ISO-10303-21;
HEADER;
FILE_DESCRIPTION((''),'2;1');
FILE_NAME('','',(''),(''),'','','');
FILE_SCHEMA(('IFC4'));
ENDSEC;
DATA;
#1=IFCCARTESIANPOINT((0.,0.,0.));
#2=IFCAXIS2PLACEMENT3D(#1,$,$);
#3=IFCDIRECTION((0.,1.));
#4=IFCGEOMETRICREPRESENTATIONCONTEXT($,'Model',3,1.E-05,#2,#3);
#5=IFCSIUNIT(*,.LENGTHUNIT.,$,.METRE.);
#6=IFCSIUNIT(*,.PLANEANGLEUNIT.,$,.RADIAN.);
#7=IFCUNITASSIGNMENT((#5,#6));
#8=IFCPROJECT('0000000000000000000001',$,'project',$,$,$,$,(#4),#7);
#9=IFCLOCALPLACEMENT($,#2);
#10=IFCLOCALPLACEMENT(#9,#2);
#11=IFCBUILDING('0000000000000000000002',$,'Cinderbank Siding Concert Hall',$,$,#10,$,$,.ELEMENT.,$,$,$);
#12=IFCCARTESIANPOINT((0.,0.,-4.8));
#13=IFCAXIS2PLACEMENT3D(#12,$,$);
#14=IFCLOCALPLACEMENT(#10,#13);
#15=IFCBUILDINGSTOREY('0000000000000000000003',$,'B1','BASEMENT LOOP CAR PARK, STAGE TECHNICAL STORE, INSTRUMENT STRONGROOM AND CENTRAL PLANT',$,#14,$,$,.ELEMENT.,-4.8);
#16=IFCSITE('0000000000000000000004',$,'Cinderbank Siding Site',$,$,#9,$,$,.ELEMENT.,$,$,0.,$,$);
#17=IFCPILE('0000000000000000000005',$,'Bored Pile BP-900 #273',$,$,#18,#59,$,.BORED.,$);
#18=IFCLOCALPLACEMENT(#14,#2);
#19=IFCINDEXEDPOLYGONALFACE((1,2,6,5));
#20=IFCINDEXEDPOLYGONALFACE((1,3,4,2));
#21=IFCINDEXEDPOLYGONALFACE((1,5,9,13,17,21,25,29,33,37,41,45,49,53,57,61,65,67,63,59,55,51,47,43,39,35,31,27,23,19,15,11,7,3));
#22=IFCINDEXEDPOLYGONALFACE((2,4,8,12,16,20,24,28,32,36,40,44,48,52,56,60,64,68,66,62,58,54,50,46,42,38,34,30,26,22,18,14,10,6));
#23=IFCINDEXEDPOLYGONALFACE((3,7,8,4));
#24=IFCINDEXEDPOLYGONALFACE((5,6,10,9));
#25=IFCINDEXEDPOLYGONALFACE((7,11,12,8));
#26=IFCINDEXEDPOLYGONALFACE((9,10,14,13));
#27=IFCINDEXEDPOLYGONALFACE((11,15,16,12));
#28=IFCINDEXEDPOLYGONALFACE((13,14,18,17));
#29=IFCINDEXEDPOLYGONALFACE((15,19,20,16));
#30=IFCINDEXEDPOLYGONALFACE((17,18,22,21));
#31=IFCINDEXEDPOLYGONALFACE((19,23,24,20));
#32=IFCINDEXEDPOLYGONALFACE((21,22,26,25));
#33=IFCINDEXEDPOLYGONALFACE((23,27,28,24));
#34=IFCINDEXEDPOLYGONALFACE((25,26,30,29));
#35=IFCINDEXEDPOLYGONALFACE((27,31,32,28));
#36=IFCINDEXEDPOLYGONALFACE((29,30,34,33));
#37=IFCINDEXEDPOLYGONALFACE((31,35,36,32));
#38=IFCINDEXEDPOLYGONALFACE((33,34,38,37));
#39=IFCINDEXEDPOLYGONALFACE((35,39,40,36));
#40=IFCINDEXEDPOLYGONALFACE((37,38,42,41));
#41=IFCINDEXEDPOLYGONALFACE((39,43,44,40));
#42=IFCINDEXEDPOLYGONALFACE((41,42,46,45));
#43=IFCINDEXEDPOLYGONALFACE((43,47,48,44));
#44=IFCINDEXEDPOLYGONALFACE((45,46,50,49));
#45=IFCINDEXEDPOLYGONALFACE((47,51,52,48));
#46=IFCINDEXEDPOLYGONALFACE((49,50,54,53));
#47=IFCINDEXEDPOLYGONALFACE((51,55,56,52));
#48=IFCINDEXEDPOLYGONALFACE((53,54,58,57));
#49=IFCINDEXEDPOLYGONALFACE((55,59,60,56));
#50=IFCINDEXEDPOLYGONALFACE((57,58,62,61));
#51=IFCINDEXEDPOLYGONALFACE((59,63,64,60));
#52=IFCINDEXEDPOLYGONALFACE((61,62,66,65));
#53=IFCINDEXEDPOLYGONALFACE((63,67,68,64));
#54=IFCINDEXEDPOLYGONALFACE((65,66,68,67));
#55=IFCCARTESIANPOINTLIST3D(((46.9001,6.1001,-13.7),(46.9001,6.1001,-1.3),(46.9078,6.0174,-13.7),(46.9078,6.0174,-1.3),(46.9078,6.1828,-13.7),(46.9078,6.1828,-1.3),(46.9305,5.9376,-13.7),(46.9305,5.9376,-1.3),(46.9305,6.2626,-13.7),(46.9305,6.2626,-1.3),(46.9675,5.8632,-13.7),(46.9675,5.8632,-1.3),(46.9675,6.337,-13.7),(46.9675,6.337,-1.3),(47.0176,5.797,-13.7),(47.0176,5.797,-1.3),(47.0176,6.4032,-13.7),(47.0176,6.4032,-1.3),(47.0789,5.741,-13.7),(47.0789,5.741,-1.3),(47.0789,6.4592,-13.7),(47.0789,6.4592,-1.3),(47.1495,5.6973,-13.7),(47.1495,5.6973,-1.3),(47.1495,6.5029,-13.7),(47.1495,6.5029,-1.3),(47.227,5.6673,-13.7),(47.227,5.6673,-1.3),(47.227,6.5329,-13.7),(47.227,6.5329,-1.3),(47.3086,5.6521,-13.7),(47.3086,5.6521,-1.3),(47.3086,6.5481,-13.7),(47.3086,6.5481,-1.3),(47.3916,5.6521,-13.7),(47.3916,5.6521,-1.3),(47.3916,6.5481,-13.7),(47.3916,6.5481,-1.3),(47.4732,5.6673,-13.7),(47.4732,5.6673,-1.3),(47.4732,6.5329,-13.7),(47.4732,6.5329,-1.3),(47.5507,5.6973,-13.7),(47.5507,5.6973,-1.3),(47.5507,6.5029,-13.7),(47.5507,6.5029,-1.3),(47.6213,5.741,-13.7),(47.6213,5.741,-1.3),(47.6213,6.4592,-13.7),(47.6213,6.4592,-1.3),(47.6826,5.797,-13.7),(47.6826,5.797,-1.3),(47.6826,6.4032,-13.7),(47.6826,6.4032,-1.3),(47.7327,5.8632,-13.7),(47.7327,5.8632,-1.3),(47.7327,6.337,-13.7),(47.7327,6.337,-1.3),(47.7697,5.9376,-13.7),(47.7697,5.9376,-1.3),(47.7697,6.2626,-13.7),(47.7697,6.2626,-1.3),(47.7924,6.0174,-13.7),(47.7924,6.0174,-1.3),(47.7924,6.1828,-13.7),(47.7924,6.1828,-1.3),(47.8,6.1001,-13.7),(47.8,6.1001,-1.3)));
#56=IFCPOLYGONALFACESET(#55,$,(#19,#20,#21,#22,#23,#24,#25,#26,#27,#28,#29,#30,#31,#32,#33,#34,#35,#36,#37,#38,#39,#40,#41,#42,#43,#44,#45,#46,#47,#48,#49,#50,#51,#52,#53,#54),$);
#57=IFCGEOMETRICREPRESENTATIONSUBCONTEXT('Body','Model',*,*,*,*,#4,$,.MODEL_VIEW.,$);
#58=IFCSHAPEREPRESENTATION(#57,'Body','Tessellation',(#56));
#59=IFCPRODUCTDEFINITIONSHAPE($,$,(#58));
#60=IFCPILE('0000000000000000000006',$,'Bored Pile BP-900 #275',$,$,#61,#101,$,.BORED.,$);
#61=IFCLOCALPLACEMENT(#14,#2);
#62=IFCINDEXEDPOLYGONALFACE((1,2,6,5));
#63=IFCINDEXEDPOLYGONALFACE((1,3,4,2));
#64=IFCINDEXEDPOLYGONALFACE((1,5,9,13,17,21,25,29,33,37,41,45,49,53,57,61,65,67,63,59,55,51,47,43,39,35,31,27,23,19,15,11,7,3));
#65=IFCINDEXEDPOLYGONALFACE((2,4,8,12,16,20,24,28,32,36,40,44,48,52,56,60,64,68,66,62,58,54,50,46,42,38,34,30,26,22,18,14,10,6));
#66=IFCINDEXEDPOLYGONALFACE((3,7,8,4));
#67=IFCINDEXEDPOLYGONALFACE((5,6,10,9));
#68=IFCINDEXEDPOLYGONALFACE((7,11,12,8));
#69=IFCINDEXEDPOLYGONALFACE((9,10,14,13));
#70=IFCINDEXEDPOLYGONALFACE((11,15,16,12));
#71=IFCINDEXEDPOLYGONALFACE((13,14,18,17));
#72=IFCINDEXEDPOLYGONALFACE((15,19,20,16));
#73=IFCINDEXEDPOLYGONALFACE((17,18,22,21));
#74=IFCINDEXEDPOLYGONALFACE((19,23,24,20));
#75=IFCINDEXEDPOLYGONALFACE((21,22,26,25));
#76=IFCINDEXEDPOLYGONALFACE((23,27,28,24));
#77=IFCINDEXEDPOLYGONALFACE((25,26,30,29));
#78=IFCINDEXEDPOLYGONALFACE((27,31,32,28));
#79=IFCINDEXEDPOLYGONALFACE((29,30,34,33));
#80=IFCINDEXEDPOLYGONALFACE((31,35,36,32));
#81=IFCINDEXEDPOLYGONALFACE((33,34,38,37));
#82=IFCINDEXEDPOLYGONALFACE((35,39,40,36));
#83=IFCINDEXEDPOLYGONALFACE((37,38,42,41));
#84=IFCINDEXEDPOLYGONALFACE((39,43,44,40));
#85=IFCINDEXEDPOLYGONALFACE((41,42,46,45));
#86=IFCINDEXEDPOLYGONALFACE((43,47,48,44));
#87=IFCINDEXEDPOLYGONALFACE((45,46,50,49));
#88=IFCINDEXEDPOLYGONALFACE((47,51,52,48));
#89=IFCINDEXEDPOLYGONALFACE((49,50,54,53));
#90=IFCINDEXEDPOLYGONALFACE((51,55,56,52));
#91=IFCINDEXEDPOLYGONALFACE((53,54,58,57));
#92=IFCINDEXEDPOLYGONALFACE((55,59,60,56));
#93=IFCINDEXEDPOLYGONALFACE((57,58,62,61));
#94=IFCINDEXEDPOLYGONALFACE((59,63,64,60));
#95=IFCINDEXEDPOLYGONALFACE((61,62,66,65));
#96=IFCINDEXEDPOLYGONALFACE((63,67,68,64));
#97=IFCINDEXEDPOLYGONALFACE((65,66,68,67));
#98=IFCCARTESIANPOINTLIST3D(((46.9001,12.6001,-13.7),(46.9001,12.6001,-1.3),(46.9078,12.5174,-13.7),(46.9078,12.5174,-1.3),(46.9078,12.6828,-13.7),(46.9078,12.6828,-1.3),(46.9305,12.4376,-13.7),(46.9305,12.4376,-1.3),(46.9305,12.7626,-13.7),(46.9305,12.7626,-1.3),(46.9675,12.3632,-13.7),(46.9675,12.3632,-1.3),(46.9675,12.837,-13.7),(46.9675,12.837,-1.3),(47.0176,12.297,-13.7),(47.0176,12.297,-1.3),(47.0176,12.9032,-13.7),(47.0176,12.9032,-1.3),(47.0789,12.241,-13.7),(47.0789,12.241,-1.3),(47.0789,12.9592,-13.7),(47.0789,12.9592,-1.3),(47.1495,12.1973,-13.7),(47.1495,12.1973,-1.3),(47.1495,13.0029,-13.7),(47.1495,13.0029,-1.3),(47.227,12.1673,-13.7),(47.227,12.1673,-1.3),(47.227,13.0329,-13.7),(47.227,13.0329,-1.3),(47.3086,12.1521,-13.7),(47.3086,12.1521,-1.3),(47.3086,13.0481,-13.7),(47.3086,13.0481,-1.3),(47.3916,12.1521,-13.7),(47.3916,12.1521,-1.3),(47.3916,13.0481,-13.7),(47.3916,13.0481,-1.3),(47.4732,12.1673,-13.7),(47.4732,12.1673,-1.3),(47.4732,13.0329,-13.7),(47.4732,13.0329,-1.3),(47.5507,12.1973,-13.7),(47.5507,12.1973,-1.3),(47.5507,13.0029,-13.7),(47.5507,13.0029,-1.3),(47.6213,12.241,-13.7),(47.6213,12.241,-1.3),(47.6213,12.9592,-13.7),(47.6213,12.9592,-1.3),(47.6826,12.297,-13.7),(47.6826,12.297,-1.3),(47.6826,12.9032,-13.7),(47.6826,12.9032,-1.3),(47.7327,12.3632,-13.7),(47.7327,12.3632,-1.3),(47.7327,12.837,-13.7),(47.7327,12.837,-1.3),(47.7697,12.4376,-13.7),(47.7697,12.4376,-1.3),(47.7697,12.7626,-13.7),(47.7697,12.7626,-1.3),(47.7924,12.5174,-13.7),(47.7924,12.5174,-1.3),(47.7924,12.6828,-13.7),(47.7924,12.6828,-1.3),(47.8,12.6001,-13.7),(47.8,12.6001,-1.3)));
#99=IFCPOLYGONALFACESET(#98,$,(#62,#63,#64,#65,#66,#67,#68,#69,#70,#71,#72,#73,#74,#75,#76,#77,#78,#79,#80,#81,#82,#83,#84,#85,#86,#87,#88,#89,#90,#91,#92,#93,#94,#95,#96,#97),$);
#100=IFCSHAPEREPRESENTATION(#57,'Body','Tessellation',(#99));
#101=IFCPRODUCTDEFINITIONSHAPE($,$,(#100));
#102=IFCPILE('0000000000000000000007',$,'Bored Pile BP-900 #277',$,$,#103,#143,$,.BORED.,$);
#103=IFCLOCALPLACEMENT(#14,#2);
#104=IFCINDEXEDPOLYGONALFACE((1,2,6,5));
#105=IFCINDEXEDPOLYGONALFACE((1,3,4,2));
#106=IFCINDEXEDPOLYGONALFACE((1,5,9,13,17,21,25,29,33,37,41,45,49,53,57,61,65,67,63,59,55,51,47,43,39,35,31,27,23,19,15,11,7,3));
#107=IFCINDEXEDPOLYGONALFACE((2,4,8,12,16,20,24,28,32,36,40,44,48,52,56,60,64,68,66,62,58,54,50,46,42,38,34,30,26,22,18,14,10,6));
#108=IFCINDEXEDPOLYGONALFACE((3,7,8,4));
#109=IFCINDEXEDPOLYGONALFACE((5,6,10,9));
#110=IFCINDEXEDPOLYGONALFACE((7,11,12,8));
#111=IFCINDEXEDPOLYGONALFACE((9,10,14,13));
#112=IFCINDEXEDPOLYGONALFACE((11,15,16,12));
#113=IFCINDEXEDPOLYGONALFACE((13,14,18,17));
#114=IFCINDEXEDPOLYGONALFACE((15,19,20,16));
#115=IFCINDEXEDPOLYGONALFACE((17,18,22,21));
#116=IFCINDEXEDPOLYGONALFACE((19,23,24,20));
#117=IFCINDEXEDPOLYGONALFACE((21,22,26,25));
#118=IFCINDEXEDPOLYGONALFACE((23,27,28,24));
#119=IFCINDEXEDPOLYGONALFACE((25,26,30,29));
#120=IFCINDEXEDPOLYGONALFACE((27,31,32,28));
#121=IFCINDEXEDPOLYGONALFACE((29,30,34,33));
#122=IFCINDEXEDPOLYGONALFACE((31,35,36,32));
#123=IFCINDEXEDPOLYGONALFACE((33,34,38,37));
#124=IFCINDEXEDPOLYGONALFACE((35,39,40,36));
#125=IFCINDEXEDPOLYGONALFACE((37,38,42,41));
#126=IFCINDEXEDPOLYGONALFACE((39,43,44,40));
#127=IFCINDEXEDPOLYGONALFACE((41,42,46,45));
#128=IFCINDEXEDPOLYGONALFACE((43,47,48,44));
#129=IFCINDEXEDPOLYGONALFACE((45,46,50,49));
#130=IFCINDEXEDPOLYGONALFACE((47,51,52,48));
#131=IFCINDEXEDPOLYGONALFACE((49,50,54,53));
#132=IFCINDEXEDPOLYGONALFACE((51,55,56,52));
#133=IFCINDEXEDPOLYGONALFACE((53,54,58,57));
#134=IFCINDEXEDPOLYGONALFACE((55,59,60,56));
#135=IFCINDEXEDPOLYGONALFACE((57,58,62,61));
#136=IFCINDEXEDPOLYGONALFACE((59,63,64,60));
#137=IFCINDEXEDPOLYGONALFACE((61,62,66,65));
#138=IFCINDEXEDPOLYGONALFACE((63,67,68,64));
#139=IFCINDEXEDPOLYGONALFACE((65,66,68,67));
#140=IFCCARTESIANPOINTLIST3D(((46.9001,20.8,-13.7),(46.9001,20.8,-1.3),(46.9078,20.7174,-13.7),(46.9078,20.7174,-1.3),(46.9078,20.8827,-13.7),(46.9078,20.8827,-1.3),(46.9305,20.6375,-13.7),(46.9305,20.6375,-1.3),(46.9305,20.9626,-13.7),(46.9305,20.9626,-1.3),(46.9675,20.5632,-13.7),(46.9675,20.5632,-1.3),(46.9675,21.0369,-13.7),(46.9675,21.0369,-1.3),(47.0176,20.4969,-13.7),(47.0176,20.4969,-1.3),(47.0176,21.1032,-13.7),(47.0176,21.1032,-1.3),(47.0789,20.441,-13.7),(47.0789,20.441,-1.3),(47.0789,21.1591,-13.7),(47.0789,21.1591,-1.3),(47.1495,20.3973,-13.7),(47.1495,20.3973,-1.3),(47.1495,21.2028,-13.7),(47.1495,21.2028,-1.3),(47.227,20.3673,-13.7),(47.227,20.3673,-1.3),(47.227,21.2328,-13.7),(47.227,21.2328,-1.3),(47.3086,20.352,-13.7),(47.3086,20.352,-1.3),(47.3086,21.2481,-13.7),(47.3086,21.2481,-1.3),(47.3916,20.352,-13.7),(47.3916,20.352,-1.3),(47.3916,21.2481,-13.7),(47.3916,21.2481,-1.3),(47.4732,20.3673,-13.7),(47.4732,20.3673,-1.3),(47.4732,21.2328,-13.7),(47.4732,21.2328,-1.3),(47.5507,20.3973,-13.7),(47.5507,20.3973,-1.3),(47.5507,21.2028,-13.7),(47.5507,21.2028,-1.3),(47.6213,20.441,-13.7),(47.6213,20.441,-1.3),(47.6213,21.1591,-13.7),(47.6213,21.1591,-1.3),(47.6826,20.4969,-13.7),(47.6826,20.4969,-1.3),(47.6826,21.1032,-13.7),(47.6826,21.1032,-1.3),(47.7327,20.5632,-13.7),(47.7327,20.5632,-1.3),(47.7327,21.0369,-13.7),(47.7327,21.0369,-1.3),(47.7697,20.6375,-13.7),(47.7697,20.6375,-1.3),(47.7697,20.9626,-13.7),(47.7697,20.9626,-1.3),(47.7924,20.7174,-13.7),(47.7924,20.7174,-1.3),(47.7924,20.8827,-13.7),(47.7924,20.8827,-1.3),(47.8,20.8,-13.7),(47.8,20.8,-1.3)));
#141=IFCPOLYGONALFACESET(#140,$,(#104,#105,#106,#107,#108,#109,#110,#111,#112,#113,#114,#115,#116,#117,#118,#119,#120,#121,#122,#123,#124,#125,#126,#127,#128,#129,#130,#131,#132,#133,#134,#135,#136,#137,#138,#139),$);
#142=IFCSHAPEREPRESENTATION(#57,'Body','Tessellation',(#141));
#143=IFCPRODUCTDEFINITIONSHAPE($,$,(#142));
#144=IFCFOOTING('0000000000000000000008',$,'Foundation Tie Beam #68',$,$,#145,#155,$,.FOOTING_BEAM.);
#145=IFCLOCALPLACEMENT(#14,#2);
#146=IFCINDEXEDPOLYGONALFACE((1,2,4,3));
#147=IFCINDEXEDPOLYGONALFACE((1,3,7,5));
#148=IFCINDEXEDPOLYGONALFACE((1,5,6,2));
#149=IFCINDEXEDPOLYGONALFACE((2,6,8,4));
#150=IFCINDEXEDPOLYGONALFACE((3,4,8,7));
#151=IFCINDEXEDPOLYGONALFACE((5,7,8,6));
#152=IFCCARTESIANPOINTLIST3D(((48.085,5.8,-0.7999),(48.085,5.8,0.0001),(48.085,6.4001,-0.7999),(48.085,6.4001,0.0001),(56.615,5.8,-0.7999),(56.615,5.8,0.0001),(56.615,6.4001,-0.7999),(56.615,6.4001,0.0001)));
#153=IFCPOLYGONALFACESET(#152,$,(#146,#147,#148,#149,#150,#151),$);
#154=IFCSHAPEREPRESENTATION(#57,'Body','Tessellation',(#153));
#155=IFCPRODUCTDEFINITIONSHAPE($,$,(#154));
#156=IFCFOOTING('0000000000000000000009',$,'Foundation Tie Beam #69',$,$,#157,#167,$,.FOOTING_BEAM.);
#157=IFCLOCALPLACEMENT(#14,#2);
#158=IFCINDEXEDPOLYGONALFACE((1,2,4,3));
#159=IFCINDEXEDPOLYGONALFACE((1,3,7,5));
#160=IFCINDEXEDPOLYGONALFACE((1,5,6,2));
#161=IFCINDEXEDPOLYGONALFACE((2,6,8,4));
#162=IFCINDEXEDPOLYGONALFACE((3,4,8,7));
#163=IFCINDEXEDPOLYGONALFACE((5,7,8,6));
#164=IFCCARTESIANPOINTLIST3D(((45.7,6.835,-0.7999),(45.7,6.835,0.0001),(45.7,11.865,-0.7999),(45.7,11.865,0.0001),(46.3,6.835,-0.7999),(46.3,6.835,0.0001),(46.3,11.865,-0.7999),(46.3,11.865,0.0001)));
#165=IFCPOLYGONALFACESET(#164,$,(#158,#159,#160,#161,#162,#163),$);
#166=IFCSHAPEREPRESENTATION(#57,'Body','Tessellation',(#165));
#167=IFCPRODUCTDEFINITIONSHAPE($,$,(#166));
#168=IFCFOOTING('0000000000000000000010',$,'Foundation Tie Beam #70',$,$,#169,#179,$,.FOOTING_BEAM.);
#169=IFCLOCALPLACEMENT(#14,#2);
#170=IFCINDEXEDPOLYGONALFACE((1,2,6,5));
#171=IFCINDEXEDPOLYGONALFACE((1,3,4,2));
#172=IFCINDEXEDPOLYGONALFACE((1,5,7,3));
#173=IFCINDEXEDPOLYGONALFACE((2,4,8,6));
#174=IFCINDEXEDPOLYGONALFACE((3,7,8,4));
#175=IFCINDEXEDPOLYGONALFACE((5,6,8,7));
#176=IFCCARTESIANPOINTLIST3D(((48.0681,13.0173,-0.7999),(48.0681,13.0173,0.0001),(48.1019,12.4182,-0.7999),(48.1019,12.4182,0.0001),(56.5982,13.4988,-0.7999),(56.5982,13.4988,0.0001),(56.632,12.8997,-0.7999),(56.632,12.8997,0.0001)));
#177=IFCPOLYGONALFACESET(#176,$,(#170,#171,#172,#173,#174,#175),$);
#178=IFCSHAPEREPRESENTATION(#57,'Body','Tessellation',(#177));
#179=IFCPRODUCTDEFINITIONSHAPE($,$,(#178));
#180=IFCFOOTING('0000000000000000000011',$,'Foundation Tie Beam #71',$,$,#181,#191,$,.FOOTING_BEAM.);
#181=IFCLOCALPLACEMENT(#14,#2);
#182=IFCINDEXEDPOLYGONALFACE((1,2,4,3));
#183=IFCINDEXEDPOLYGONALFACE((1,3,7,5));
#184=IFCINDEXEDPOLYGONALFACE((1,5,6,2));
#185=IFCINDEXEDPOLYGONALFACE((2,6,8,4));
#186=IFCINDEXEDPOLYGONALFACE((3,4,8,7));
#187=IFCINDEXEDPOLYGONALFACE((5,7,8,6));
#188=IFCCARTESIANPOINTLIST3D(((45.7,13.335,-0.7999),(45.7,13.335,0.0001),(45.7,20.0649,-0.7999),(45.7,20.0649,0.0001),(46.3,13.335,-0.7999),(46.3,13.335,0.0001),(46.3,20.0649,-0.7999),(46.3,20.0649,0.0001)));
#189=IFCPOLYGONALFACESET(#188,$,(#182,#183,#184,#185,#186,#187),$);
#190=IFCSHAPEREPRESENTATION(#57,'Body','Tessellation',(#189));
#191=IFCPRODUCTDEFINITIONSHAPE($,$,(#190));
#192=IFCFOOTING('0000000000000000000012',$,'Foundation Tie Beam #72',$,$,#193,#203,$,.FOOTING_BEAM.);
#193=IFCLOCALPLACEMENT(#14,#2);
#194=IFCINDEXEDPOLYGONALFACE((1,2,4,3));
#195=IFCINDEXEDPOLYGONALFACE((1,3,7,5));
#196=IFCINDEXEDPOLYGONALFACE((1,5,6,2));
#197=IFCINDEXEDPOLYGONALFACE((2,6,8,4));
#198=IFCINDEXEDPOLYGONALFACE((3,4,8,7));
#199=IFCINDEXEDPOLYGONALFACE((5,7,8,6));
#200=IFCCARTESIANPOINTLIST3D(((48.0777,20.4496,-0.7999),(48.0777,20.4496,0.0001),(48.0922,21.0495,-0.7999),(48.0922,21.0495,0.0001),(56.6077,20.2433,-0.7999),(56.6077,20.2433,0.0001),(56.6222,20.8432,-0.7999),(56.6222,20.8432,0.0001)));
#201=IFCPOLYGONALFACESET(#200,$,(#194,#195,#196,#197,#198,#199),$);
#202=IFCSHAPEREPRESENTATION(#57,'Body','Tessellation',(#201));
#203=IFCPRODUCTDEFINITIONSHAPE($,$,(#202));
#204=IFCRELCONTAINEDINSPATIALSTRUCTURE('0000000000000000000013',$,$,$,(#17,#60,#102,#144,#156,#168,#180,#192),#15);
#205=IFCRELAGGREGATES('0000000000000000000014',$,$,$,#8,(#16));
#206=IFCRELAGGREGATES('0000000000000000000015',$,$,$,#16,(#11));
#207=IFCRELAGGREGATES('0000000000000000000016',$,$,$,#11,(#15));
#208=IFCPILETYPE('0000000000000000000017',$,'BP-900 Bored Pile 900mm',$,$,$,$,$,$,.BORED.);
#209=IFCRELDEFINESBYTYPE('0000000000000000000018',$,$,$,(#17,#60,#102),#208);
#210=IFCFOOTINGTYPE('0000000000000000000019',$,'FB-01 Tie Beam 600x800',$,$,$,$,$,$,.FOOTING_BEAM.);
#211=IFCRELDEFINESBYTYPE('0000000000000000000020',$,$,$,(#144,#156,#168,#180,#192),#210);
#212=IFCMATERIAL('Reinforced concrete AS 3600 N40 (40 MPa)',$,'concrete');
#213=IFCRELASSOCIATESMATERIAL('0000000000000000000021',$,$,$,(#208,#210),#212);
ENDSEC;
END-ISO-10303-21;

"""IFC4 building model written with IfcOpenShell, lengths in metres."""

from ifc_helpers import new_model, si_unit, direction, frame, origin, origin_2d, place, context, subcontext, project, spatial, rectangle, circle, extrude, material, material_profile, profile_set, type_object, element, save


model = new_model("IFC4")

# Units and contexts
model_context = context("Model", 3, precision=1e-05, world=origin(), true_north=direction((0.0, 1.0)))
body_context = subcontext(model_context, "Body", "Model", "MODEL_VIEW")
ifc_project = project(units=[si_unit("LENGTHUNIT", "METRE"), si_unit("PLANEANGLEUNIT", "RADIAN")], contexts=[model_context])

# Site, building, storey
site_placement = place(None, origin())
site = spatial("IfcSite", under=ifc_project, at=site_placement, Name="Cinderbank Siding Site", CompositionType="ELEMENT", RefElevation=0.0)
building_placement = place(site_placement, origin())
building = spatial("IfcBuilding", under=site, at=building_placement, Name="Cinderbank Siding Concert Hall", CompositionType="ELEMENT")
storey_placement = place(building_placement, frame((0.0, 0.0, -4.8)))
storey = spatial("IfcBuildingStorey", under=building, at=storey_placement, Name="B1", Description="BASEMENT LOOP CAR PARK, STAGE TECHNICAL STORE, INSTRUMENT STRONGROOM AND CENTRAL PLANT", CompositionType="ELEMENT", Elevation=-4.8)

# Piles
ifc_material_1 = material(Name="Reinforced concrete AS 3600 N40 (40 MPa)", Category="concrete")
ifc_material_profile_1 = material_profile(ifc_material_1, circle(Radius=0.45, at=origin_2d()), Name="PILE-900DIA", Category="LoadBearing")
ifc_profile_set_1 = profile_set([ifc_material_profile_1], Name="Reinforced concrete AS 3600 N40 (40 MPa)")
pile_type_1 = type_object("IfcPileType", Name="BP-900 Bored Pile 900mm", PredefinedType="BORED", material=ifc_profile_set_1)
for number, where, z_axis, x_axis, name in (
    (1, (47.3501, 6.1001, -1.3), (0.0, 0.0, -1.0), (1.0, 0.0, 0.0), "Bored Pile BP-900 #273"),
    (2, (47.3501, 12.6001, -1.3), (0.0, 0.0, -1.0), (1.0, 0.0, 0.0), "Bored Pile BP-900 #275"),
    (3, (47.3501, 20.8, -1.3), (0.0, 0.0, -1.0), (1.0, 0.0, 0.0), "Bored Pile BP-900 #277"),
):
    element("IfcPile", number, at=place(storey_placement, frame(where, z_axis=z_axis, x_axis=x_axis)), inside=storey, type_object=pile_type_1, Name=name, PredefinedType="BORED", context=body_context, shape_type="SweptSolid", body=[
        extrude(circle(Radius=0.45, at=origin_2d()), origin(), (0.0, 0.0, 1.0), 12.3999),
    ])

# Footings
ifc_material_profile_2 = material_profile(ifc_material_1, rectangle(XDim=0.6001, YDim=0.8, at=origin_2d()), Name="RC-FB-600x800", Category="LoadBearing")
ifc_profile_set_2 = profile_set([ifc_material_profile_2], Name="Reinforced concrete AS 3600 N40 (40 MPa)")
footing_type_1 = type_object("IfcFootingType", Name="FB-01 Tie Beam 600x800", PredefinedType="FOOTING_BEAM", material=ifc_profile_set_2)
footing_1_placement = place(storey_placement, frame((48.085, 6.1001, -0.3999), z_axis=(1.0, 0.0, 0.0), x_axis=(0.0, 1.0, 0.0)))
element("IfcFooting", 4, at=footing_1_placement, inside=storey, type_object=footing_type_1, Name="Foundation Tie Beam #68", PredefinedType="FOOTING_BEAM", context=body_context, shape_type="SweptSolid", body=[
    extrude(rectangle(XDim=0.6001, YDim=0.8, at=origin_2d()), origin(), (0.0, 0.0, 1.0), 8.53),
])
footing_2_placement = place(storey_placement, frame((46.0, 6.835, -0.3999), z_axis=(0.0, 1.0, 0.0), x_axis=(-1.0, 0.0, 0.0)))
element("IfcFooting", 5, at=footing_2_placement, inside=storey, type_object=footing_type_1, Name="Foundation Tie Beam #69", PredefinedType="FOOTING_BEAM", context=body_context, shape_type="SweptSolid", body=[
    extrude(rectangle(XDim=0.6001, YDim=0.8, at=origin_2d()), origin(), (0.0, 0.0, 1.0), 5.03),
])
footing_3_placement = place(storey_placement, frame((48.085, 12.7178, -0.3999), z_axis=(0.998411, 0.056352, 0.0), x_axis=(-0.056352, 0.998411, 0.0)))
element("IfcFooting", 6, at=footing_3_placement, inside=storey, type_object=footing_type_1, Name="Foundation Tie Beam #70", PredefinedType="FOOTING_BEAM", context=body_context, shape_type="SweptSolid", body=[
    extrude(rectangle(XDim=0.6001, YDim=0.8, at=origin_2d()), origin(), (0.0, 0.0, 1.0), 8.5437),
])
footing_4_placement = place(storey_placement, frame((46.0, 13.335, -0.3999), z_axis=(0.0, 1.0, 0.0), x_axis=(-1.0, 0.0, 0.0)))
element("IfcFooting", 7, at=footing_4_placement, inside=storey, type_object=footing_type_1, Name="Foundation Tie Beam #71", PredefinedType="FOOTING_BEAM", context=body_context, shape_type="SweptSolid", body=[
    extrude(rectangle(XDim=0.6001, YDim=0.8, at=origin_2d()), origin(), (0.0, 0.0, 1.0), 6.73),
])
footing_5_placement = place(storey_placement, frame((48.085, 20.7495, -0.3999), z_axis=(0.999708, -0.024178, 0.0), x_axis=(0.024178, 0.999708, 0.0)))
element("IfcFooting", 8, at=footing_5_placement, inside=storey, type_object=footing_type_1, Name="Foundation Tie Beam #72", PredefinedType="FOOTING_BEAM", context=body_context, shape_type="SweptSolid", body=[
    extrude(rectangle(XDim=0.6001, YDim=0.8, at=origin_2d()), origin(), (0.0, 0.0, 1.0), 8.5325),
])

save(model, "model.ifc")
